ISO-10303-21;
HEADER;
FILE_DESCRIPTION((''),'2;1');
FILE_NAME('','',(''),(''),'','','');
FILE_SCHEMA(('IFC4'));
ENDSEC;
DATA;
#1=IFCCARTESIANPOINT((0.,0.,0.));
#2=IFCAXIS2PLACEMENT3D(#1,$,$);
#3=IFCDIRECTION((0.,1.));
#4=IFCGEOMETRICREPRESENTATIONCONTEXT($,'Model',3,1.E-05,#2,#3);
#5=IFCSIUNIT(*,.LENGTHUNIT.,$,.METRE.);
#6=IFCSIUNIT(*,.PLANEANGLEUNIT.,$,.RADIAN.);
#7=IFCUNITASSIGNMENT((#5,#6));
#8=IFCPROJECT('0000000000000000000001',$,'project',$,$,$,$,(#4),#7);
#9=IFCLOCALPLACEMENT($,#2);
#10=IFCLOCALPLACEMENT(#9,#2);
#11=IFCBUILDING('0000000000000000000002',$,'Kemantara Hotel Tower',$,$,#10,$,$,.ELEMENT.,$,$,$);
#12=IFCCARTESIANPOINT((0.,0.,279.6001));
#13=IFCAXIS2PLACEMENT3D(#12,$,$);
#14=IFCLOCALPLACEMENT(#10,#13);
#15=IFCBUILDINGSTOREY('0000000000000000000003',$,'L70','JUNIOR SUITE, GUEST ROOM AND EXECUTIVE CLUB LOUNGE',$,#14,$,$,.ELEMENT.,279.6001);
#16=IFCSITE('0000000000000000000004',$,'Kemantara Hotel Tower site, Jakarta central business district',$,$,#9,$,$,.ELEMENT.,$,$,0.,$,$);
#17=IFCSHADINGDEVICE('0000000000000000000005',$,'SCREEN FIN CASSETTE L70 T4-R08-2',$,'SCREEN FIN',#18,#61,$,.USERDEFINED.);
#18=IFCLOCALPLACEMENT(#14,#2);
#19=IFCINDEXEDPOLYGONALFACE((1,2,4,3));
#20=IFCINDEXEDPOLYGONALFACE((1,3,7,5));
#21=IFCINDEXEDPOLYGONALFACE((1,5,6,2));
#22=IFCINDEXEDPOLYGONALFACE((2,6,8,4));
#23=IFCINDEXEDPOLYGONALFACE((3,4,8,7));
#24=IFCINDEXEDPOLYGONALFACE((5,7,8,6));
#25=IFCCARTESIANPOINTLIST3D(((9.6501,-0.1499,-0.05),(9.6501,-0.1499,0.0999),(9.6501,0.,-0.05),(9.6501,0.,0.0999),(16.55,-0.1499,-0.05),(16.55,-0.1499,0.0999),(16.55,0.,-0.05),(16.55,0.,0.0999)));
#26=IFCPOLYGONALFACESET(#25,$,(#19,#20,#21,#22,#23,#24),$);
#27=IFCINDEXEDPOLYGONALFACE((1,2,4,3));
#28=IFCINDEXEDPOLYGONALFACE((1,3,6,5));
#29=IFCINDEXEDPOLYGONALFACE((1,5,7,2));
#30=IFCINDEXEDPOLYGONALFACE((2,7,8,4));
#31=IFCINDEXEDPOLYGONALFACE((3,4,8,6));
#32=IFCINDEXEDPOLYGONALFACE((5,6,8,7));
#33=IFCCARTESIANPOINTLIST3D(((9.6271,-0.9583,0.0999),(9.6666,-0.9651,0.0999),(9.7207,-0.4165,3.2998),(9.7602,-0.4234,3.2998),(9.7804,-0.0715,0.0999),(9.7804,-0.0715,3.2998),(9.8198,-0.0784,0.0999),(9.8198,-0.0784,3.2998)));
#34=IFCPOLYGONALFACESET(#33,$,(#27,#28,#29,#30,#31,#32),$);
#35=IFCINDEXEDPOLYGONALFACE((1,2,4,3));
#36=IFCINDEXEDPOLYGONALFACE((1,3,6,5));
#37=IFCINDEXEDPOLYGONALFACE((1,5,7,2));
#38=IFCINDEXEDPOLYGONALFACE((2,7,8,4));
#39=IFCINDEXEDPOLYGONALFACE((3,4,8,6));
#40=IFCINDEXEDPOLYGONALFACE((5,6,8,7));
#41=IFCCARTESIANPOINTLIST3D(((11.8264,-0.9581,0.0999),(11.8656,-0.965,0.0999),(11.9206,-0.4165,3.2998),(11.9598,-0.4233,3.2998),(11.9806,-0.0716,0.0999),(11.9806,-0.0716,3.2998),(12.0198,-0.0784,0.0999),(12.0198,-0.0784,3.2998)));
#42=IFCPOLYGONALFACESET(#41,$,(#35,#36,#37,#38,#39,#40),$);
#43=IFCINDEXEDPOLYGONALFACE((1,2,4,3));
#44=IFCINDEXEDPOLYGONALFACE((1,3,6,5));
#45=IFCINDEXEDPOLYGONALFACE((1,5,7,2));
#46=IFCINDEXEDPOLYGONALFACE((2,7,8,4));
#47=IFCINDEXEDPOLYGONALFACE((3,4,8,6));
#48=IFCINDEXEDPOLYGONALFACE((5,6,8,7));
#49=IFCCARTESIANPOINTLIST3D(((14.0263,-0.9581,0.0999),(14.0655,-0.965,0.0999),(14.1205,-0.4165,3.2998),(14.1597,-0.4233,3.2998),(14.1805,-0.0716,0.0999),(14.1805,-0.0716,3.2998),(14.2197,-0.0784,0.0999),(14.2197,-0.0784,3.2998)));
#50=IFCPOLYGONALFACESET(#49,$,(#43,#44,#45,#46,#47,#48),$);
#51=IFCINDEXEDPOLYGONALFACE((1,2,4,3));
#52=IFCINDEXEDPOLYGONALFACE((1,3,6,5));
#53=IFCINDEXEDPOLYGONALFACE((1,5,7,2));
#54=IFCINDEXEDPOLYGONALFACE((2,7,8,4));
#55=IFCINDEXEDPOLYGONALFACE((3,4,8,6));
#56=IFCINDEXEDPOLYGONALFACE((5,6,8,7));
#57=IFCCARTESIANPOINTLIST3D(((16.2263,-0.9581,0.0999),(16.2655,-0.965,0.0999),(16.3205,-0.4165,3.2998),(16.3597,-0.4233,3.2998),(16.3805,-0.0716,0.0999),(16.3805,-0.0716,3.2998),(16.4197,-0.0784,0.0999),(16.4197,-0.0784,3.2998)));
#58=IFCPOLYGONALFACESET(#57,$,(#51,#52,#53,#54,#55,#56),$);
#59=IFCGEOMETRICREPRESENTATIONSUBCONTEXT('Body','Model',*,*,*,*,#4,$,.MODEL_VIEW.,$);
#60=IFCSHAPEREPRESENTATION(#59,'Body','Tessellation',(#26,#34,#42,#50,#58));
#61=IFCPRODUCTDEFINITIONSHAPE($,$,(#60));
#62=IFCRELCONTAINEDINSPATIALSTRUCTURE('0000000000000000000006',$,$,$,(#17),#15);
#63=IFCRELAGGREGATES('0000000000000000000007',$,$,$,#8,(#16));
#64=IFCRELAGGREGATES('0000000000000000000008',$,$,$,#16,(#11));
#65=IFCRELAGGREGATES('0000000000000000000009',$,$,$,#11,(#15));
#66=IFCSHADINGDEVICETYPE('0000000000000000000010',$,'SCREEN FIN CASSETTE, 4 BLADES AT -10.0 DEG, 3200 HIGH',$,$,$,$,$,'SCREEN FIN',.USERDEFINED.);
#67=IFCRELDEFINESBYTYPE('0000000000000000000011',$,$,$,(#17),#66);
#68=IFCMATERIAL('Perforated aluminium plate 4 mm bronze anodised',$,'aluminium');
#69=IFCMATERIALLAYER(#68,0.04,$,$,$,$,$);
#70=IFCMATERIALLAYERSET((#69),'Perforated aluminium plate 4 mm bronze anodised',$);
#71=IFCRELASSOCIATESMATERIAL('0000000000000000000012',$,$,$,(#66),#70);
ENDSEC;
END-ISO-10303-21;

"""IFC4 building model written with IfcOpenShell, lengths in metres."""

from ifc_helpers import new_model, si_unit, direction, frame, origin, origin_2d, place, context, subcontext, project, spatial, polyline, rectangle, outline, extrude, source, transform, mapped, material, layer, layer_set, type_object, element, save


model = new_model("IFC4")

# Units and contexts
model_context = context("Model", 3, precision=1e-05, world=origin(), true_north=direction((0.0, 1.0)))
body_context = subcontext(model_context, "Body", "Model", "MODEL_VIEW")
ifc_project = project(units=[si_unit("LENGTHUNIT", "METRE"), si_unit("PLANEANGLEUNIT", "RADIAN")], contexts=[model_context])

# Site, building, storey
site_placement = place(None, origin())
site = spatial("IfcSite", under=ifc_project, at=site_placement, Name="Kemantara Hotel Tower site, Jakarta central business district", CompositionType="ELEMENT", RefElevation=0.0)
building_placement = place(site_placement, origin())
building = spatial("IfcBuilding", under=site, at=building_placement, Name="Kemantara Hotel Tower", CompositionType="ELEMENT")
storey_placement = place(building_placement, frame((0.0, 0.0, 279.6001)))
storey = spatial("IfcBuildingStorey", under=building, at=storey_placement, Name="L70", Description="JUNIOR SUITE, GUEST ROOM AND EXECUTIVE CLUB LOUNGE", CompositionType="ELEMENT", Elevation=279.6001)

# Shading device
ifc_material_1 = material(Name="Perforated aluminium plate 4 mm bronze anodised", Category="aluminium")
ifc_layer_1 = layer(ifc_material_1, 0.04)
ifc_layer_set_1 = layer_set([ifc_layer_1], Name="Perforated aluminium plate 4 mm bronze anodised")
shading_device_type_1 = type_object("IfcShadingDeviceType", Name="SCREEN FIN CASSETTE, 4 BLADES AT -10.0 DEG, 3200 HIGH", ElementType="SCREEN FIN", PredefinedType="USERDEFINED", material=ifc_layer_set_1)
shared_shape_1 = source(origin(), body_context, "Body", "SweptSolid", [
    extrude(rectangle(XDim=6.8999, YDim=0.1499, at=origin_2d()), frame((3.3, -0.075, -0.1499), z_axis=(0.0, 0.0, 1.0), x_axis=(1.0, 0.0, 0.0)), (0.0, 0.0, 1.0), 0.1499),
    extrude(outline(polyline([(0.0, 0.0), (0.8999, 0.0), (0.3501, 3.2), (0.0, 3.2), (0.0, 0.0)])), frame((0.0198, -0.0784, 0.0), z_axis=(-0.98539, 0.170314, 0.0), x_axis=(-0.170314, -0.98539, 0.0)), (0.0, 0.0, 1.0), 0.04),
    extrude(outline(polyline([(0.0, 0.0), (0.8999, 0.0), (0.3501, 3.2), (0.0, 3.2), (0.0, 0.0)])), frame((2.2197, -0.0784, 0.0), z_axis=(-0.985212, 0.171341, 0.0), x_axis=(-0.171341, -0.985212, 0.0)), (0.0, 0.0, 1.0), 0.0398),
    extrude(outline(polyline([(0.0, 0.0), (0.8999, 0.0), (0.3501, 3.2), (0.0, 3.2), (0.0, 0.0)])), frame((4.4197, -0.0784, 0.0), z_axis=(-0.985212, 0.171341, 0.0), x_axis=(-0.171341, -0.985212, 0.0)), (0.0, 0.0, 1.0), 0.0398),
    extrude(outline(polyline([(0.0, 0.0), (0.8999, 0.0), (0.3501, 3.2), (0.0, 3.2), (0.0, 0.0)])), frame((6.6196, -0.0784, 0.0), z_axis=(-0.985212, 0.171341, 0.0), x_axis=(-0.171341, -0.985212, 0.0)), (0.0, 0.0, 1.0), 0.0398),
])
shading_device_placement = place(storey_placement, frame((9.8, 0.0, 0.0999), z_axis=(0.0, 0.0, 1.0), x_axis=(1.0, 0.0, 0.0)))
element("IfcShadingDevice", 1, at=shading_device_placement, inside=storey, type_object=shading_device_type_1, Name="SCREEN FIN CASSETTE L70 T4-R08-2", ObjectType="SCREEN FIN", PredefinedType="USERDEFINED", context=body_context, shape_type="MappedRepresentation", body=[
    mapped(shared_shape_1, transform((0.0, 0.0, 0.0))),
])

save(model, "model.ifc")
